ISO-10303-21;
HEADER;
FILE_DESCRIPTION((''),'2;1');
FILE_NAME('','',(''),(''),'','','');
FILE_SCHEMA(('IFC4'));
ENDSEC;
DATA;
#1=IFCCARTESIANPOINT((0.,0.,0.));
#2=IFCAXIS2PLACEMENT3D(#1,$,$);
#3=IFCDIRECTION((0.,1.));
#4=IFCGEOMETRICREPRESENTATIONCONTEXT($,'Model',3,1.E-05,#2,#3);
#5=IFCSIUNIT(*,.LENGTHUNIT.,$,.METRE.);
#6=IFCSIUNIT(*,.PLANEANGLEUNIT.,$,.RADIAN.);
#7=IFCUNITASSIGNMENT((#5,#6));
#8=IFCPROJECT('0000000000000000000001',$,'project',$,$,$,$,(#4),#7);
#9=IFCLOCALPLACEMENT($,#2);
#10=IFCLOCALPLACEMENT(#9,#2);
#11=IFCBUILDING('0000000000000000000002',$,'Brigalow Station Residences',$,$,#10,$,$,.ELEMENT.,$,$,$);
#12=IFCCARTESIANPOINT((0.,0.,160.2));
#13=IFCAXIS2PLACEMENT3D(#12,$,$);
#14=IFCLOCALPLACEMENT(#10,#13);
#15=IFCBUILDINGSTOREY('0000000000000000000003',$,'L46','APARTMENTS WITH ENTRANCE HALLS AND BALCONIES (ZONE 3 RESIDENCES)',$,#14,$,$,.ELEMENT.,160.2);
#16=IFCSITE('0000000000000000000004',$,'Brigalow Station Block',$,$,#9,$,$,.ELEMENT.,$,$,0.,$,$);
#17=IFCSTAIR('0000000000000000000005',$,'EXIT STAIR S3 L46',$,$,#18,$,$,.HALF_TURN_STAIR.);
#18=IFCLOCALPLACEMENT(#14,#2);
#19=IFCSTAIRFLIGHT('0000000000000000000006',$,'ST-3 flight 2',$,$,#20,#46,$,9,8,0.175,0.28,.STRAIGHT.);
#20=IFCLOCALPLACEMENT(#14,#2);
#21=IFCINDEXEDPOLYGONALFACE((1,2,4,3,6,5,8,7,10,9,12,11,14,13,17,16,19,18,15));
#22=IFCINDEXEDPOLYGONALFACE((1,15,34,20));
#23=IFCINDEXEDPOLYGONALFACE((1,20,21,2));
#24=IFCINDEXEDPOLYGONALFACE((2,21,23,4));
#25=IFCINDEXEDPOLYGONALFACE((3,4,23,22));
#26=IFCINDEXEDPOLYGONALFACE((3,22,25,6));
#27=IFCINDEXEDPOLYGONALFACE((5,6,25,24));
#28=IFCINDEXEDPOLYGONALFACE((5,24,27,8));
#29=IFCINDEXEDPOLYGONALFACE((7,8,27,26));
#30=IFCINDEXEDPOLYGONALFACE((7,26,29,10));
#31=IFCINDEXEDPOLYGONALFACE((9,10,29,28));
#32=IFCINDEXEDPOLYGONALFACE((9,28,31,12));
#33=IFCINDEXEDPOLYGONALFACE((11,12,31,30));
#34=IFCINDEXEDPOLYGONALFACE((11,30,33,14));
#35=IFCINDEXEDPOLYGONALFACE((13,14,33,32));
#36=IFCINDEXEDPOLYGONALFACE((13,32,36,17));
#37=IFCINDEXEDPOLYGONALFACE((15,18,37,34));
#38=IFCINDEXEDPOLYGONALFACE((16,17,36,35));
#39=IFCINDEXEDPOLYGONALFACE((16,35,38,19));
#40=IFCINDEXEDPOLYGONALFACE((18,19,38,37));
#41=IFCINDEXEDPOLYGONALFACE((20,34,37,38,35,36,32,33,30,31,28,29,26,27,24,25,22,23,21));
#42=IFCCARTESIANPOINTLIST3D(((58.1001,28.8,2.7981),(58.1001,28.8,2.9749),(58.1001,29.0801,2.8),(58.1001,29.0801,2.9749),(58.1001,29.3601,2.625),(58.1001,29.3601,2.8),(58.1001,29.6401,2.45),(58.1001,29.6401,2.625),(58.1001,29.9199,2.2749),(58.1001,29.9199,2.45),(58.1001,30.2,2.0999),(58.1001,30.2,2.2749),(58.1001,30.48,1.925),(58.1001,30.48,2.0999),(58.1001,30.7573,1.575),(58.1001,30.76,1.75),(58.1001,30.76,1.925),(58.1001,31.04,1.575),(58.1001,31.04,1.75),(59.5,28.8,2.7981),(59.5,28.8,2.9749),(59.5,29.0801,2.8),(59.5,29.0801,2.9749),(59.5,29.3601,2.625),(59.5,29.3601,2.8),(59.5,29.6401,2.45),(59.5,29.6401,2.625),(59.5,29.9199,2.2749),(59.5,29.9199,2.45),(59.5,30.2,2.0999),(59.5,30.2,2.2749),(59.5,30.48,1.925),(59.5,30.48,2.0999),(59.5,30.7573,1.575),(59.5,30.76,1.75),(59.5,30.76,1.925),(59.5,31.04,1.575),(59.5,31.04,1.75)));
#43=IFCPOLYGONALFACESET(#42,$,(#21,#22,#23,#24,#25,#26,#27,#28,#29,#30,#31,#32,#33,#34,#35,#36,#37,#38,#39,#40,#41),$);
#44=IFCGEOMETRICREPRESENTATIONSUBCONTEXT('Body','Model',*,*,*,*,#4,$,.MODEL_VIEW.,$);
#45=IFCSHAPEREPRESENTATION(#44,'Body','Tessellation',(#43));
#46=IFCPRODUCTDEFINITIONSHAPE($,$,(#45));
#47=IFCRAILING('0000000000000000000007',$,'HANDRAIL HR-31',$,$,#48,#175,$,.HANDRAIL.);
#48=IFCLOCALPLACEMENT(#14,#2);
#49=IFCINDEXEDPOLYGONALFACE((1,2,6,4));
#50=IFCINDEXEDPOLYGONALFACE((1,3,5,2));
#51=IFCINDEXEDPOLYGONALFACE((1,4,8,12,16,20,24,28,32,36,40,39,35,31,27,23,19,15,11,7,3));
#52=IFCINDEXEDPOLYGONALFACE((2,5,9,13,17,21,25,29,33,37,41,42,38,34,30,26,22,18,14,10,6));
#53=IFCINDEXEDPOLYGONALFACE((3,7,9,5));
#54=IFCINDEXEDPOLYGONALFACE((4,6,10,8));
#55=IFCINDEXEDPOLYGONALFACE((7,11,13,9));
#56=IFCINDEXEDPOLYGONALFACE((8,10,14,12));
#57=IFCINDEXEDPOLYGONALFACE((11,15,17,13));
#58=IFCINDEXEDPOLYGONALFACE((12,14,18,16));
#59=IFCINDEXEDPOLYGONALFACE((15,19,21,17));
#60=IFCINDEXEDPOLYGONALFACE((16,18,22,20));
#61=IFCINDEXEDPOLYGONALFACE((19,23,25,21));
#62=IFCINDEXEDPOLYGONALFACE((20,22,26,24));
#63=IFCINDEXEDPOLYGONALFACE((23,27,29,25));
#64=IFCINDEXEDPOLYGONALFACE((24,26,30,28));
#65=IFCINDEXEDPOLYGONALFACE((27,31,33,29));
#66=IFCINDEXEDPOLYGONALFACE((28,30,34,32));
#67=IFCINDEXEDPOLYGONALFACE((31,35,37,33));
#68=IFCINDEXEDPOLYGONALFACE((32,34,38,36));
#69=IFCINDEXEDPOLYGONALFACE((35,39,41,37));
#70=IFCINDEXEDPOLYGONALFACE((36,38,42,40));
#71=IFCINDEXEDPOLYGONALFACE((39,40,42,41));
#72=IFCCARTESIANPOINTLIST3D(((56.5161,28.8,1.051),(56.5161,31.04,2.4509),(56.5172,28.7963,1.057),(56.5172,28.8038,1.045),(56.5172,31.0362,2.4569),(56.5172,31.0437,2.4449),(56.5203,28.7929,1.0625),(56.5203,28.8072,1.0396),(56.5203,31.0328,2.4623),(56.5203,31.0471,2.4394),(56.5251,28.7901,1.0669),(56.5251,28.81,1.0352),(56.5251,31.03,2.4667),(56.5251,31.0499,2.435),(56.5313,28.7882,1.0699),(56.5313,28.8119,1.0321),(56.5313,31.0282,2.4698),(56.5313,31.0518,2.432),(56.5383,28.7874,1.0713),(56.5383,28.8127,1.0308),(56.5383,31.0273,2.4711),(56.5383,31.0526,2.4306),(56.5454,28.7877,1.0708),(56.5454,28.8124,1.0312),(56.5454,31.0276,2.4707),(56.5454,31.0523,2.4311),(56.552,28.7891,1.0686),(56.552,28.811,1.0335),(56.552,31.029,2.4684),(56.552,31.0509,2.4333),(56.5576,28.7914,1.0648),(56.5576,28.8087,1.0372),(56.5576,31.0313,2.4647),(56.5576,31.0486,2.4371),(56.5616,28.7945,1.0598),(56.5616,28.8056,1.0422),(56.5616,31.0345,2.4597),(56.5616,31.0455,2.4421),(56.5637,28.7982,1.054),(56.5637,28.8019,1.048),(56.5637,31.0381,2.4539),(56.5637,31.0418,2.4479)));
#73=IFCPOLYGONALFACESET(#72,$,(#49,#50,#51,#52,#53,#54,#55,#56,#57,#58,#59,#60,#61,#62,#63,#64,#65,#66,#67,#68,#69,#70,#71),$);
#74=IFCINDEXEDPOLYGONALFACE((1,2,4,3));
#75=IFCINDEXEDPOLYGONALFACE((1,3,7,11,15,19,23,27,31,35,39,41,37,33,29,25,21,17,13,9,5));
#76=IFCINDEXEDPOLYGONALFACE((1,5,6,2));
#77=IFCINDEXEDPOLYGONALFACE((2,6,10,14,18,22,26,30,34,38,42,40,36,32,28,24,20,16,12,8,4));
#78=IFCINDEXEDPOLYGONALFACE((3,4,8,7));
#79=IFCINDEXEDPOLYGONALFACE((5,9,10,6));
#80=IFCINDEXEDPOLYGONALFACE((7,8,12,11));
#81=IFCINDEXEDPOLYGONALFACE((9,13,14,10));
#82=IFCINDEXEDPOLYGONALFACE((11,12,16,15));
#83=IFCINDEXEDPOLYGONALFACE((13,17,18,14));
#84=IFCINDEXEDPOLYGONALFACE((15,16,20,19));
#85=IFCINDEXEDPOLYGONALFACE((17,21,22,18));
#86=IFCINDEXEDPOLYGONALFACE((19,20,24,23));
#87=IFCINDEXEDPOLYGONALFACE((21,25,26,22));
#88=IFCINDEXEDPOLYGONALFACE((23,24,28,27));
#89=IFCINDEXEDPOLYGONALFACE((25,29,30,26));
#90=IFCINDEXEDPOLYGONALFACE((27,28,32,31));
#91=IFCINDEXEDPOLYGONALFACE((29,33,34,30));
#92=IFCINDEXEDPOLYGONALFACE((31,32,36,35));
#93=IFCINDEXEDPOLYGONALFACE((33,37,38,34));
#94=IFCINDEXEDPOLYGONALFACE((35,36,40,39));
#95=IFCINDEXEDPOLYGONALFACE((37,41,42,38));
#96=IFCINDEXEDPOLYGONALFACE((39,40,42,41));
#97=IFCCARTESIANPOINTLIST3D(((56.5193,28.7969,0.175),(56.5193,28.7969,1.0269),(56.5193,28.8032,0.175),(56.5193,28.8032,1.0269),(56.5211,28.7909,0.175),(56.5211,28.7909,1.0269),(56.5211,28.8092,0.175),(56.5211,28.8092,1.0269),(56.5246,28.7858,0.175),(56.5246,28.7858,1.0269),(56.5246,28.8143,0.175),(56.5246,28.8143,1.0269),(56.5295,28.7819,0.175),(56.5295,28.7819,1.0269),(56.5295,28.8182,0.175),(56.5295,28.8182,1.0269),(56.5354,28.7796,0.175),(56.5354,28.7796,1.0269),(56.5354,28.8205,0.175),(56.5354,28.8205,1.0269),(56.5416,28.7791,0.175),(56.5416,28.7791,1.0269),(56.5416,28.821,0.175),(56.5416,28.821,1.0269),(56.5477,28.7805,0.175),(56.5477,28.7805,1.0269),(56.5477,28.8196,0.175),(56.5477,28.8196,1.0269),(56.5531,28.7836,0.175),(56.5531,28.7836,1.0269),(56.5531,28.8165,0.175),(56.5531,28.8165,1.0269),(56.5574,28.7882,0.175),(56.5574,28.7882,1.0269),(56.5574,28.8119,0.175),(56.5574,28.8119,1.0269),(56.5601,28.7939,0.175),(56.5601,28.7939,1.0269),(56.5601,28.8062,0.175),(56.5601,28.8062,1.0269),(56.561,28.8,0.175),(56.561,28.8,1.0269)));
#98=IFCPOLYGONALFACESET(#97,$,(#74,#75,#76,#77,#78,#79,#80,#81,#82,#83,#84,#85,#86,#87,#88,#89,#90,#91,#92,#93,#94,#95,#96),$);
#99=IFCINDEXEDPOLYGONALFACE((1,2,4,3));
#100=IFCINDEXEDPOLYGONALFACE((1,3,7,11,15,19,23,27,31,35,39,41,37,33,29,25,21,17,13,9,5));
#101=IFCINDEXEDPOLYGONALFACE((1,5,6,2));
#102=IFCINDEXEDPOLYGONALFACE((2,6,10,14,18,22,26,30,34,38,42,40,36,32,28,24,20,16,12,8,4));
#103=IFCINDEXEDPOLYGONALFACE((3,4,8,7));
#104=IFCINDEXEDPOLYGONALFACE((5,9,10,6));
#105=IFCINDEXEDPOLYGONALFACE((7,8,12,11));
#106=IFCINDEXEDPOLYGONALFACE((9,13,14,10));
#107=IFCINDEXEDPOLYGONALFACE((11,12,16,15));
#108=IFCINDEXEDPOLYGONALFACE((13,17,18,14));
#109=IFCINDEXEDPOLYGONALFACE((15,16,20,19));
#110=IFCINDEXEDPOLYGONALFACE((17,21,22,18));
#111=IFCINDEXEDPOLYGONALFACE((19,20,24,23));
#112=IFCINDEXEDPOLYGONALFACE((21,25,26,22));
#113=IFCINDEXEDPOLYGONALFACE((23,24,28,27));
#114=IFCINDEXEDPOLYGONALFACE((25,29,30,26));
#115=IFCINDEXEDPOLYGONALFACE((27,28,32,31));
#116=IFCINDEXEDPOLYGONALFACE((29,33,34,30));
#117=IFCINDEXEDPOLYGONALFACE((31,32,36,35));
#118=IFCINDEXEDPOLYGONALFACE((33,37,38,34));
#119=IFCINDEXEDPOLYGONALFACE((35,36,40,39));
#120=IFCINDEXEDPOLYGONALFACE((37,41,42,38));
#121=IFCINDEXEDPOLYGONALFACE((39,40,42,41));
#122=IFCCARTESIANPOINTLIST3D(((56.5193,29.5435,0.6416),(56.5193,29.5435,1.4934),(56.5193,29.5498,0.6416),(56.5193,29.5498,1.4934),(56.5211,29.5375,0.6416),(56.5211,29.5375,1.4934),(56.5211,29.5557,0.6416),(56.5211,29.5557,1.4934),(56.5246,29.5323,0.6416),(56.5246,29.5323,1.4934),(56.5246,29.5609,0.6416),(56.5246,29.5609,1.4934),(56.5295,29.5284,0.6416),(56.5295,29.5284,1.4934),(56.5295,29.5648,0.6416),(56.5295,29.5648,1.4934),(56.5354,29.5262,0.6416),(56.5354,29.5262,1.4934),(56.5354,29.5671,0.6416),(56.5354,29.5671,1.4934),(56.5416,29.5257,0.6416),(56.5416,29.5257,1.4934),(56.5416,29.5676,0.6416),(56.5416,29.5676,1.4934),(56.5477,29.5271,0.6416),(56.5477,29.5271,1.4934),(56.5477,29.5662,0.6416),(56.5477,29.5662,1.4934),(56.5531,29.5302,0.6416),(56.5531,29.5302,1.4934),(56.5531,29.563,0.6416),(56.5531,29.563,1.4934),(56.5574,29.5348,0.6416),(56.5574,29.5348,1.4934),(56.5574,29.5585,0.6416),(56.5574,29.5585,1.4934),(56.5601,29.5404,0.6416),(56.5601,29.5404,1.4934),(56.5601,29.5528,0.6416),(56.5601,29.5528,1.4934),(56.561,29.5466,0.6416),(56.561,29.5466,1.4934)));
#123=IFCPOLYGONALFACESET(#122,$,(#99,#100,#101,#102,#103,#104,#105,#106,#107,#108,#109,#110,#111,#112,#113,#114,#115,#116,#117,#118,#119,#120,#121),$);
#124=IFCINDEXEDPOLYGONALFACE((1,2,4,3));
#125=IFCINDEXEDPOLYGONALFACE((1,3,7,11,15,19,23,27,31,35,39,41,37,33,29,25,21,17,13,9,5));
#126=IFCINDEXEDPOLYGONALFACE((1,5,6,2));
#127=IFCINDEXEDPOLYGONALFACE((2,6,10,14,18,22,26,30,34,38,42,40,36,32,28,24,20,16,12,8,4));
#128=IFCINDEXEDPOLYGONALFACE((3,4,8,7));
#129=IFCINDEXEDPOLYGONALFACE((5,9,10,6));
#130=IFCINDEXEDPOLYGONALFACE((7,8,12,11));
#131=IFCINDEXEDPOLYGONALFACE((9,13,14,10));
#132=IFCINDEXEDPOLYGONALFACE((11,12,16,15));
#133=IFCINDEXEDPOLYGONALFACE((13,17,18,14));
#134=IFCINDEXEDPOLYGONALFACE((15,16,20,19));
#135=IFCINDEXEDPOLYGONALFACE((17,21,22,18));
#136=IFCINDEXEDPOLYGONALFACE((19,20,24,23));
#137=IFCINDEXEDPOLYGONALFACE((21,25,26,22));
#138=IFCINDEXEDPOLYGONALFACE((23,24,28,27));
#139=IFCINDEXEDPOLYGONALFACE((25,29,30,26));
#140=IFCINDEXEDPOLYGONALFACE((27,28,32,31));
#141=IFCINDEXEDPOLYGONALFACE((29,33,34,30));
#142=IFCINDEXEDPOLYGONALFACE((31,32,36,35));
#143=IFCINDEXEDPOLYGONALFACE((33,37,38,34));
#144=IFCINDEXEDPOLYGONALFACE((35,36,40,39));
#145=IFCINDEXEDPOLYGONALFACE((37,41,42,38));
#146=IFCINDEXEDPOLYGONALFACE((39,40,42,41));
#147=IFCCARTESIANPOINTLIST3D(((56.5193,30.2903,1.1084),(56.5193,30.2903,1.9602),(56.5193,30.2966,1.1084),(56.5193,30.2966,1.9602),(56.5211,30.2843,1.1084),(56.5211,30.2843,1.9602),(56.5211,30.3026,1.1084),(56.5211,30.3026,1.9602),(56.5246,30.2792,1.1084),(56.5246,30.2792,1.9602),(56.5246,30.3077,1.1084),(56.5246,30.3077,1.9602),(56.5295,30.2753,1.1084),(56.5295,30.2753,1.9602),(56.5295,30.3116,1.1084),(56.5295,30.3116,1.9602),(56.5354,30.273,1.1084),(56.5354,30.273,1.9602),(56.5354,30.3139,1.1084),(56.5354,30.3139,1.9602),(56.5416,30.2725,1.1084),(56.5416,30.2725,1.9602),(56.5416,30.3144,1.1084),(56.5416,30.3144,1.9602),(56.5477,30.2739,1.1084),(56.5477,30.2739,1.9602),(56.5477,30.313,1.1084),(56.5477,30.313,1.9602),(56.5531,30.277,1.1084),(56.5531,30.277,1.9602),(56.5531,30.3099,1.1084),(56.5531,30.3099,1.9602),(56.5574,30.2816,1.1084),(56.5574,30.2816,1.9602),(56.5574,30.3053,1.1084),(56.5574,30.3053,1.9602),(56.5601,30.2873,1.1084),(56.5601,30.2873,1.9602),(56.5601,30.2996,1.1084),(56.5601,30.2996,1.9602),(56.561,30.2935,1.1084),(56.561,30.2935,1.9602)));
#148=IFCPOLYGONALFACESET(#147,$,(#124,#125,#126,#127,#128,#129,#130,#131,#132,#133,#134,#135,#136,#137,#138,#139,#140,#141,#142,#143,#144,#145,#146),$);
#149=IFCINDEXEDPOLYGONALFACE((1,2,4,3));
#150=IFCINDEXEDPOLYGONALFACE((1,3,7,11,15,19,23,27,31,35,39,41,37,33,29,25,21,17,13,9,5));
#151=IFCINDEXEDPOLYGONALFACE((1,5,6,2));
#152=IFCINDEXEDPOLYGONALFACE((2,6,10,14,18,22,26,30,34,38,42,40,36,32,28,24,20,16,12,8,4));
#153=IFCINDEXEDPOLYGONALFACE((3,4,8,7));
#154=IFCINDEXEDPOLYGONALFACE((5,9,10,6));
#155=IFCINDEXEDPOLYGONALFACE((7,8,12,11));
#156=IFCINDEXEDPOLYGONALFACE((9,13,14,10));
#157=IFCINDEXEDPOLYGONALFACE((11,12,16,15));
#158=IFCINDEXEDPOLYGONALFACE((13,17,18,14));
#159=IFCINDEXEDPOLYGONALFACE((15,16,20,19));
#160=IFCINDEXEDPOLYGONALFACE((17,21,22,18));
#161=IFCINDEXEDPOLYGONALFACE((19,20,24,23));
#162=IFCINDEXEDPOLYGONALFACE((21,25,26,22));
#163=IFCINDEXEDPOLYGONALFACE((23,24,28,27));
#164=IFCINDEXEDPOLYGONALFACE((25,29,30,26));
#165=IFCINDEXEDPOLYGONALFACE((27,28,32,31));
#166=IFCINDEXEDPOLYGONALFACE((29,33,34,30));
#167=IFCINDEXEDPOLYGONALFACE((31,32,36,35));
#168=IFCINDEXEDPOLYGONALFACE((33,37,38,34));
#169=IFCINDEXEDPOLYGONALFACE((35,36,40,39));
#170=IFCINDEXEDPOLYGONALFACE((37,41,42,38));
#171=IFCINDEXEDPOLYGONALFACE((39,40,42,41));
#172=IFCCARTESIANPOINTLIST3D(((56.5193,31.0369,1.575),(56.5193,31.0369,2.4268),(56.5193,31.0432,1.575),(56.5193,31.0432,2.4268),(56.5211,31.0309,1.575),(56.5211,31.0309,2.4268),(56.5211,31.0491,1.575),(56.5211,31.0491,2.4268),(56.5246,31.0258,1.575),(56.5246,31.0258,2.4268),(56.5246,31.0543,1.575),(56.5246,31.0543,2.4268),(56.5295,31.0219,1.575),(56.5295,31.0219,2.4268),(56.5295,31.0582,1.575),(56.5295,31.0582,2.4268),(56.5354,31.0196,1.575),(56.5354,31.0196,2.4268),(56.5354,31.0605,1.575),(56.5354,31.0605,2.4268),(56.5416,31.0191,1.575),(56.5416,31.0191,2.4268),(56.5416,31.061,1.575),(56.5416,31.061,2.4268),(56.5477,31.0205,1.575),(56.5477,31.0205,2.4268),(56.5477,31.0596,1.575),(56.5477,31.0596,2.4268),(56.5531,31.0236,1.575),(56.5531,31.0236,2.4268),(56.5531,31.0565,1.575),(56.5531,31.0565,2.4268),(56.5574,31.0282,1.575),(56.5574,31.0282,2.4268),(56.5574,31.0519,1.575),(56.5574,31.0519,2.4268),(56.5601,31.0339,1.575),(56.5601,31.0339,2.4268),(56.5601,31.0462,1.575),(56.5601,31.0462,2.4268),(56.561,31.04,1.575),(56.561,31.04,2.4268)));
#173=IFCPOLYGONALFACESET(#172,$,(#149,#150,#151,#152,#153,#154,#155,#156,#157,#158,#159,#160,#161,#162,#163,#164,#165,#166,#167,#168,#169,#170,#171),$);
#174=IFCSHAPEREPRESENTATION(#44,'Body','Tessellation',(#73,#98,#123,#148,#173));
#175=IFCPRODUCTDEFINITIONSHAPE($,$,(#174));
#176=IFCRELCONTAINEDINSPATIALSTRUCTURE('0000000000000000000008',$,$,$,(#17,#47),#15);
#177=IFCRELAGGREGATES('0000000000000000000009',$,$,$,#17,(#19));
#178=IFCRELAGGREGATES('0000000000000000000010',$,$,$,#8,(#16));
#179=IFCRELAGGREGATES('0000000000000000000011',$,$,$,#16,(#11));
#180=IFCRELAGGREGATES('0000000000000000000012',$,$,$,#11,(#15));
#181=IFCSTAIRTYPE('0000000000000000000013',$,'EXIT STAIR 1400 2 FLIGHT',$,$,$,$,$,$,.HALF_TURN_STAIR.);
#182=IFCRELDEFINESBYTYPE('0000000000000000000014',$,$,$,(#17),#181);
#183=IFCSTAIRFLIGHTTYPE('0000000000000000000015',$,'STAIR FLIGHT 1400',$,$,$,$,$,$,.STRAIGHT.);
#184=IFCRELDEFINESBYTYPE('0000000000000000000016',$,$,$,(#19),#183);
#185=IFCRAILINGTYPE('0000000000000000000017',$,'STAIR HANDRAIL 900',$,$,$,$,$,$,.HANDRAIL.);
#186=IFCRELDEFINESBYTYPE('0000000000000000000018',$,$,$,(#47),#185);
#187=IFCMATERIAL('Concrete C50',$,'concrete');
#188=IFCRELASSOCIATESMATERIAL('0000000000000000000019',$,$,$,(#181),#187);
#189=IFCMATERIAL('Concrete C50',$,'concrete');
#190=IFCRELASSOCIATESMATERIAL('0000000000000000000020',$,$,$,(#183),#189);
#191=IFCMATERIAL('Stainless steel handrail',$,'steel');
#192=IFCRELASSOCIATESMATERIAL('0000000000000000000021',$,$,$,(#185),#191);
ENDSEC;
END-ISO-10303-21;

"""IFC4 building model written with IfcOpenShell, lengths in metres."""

from ifc_helpers import new_model, si_unit, direction, frame, origin, origin_2d, place, context, subcontext, project, spatial, polyline, circle, outline, extrude, material, type_object, element, aggregate, save


model = new_model("IFC4")

# Units and contexts
model_context = context("Model", 3, precision=1e-05, world=origin(), true_north=direction((0.0, 1.0)))
body_context = subcontext(model_context, "Body", "Model", "MODEL_VIEW")
ifc_project = project(units=[si_unit("LENGTHUNIT", "METRE"), si_unit("PLANEANGLEUNIT", "RADIAN")], contexts=[model_context])

# Site, building, storey
site_placement = place(None, origin())
site = spatial("IfcSite", under=ifc_project, at=site_placement, Name="Brigalow Station Block", CompositionType="ELEMENT", RefElevation=0.0)
building_placement = place(site_placement, origin())
building = spatial("IfcBuilding", under=site, at=building_placement, Name="Brigalow Station Residences", CompositionType="ELEMENT")
storey_placement = place(building_placement, frame((0.0, 0.0, 160.2)))
storey = spatial("IfcBuildingStorey", under=building, at=storey_placement, Name="L46", Description="APARTMENTS WITH ENTRANCE HALLS AND BALCONIES (ZONE 3 RESIDENCES)", CompositionType="ELEMENT", Elevation=160.2)

# Stair, stair flight
ifc_material_1 = material(Name="Concrete C50", Category="concrete")
stair_type = type_object("IfcStairType", Name="EXIT STAIR 1400 2 FLIGHT", PredefinedType="HALF_TURN_STAIR", material=ifc_material_1)
stair_placement = place(storey_placement, origin())
stair = element("IfcStair", 1, at=stair_placement, inside=storey, type_object=stair_type, Name="EXIT STAIR S3 L46", PredefinedType="HALF_TURN_STAIR")
ifc_material_2 = material(Name="Concrete C50", Category="concrete")
stair_flight_type = type_object("IfcStairFlightType", Name="STAIR FLIGHT 1400", PredefinedType="STRAIGHT", material=ifc_material_2)
stair_flight_1_placement = place(storey_placement, frame((58.8, 31.04, 1.575), z_axis=(0.0, 0.0, 1.0), x_axis=(0.0, -1.0, 0.0)))
stair_flight_1 = element("IfcStairFlight", 2, at=stair_flight_1_placement, type_object=stair_flight_type, Name="ST-3 flight 2", NumberOfRisers=9, NumberOfTreads=8, PredefinedType="STRAIGHT", RiserHeight=0.175, TreadLength=0.28, context=body_context, shape_type="SweptSolid", body=[
    extrude(outline(polyline([(0.0, 0.0), (0.0, 0.175), (0.28, 0.175), (0.28, 0.3501), (0.5601, 0.3501), (0.5601, 0.5249), (0.8401, 0.5249), (0.8401, 0.7), (1.1201, 0.7), (1.1201, 0.875), (1.3999, 0.875), (1.3999, 1.05), (1.6799, 1.05), (1.6799, 1.2251), (1.96, 1.2251), (1.96, 1.3999), (2.24, 1.3999), (2.24, 1.575), (2.24, 1.2231), (0.2827, 0.0), (0.0, 0.0)])), frame((0.0, 0.7, 0.0), z_axis=(0.0, -1.0, 0.0), x_axis=(1.0, 0.0, 0.0)), (0.0, 0.0, 1.0), 1.3999),
])
aggregate(stair, [stair_flight_1])

# Railing
ifc_material_3 = material(Name="Stainless steel handrail", Category="steel")
railing_type_1 = type_object("IfcRailingType", Name="STAIR HANDRAIL 900", PredefinedType="HANDRAIL", material=ifc_material_3)
railing_1_placement = place(storey_placement, frame((56.54, 28.8, 0.175)))
element("IfcRailing", 3, at=railing_1_placement, inside=storey, type_object=railing_type_1, Name="HANDRAIL HR-31", PredefinedType="HANDRAIL", context=body_context, shape_type="SweptSolid", body=[
    extrude(circle(Radius=0.0239, at=origin_2d()), frame((0.0, 0.0, 0.876), z_axis=(0.0, 0.848014, 0.529974), x_axis=(-1.0, 0.0, 0.0)), (0.0, 0.0, 1.0), 2.6414),
    extrude(circle(Radius=0.021, at=origin_2d()), origin(), (0.0, 0.0, 1.0), 0.8518),
    extrude(circle(Radius=0.021, at=origin_2d()), frame((0.0, 0.7466, 0.4666)), (0.0, 0.0, 1.0), 0.8518),
    extrude(circle(Radius=0.021, at=origin_2d()), frame((0.0, 1.4934, 0.9333)), (0.0, 0.0, 1.0), 0.8518),
    extrude(circle(Radius=0.021, at=origin_2d()), frame((0.0, 2.24, 1.3999)), (0.0, 0.0, 1.0), 0.8518),
])

save(model, "model.ifc")
